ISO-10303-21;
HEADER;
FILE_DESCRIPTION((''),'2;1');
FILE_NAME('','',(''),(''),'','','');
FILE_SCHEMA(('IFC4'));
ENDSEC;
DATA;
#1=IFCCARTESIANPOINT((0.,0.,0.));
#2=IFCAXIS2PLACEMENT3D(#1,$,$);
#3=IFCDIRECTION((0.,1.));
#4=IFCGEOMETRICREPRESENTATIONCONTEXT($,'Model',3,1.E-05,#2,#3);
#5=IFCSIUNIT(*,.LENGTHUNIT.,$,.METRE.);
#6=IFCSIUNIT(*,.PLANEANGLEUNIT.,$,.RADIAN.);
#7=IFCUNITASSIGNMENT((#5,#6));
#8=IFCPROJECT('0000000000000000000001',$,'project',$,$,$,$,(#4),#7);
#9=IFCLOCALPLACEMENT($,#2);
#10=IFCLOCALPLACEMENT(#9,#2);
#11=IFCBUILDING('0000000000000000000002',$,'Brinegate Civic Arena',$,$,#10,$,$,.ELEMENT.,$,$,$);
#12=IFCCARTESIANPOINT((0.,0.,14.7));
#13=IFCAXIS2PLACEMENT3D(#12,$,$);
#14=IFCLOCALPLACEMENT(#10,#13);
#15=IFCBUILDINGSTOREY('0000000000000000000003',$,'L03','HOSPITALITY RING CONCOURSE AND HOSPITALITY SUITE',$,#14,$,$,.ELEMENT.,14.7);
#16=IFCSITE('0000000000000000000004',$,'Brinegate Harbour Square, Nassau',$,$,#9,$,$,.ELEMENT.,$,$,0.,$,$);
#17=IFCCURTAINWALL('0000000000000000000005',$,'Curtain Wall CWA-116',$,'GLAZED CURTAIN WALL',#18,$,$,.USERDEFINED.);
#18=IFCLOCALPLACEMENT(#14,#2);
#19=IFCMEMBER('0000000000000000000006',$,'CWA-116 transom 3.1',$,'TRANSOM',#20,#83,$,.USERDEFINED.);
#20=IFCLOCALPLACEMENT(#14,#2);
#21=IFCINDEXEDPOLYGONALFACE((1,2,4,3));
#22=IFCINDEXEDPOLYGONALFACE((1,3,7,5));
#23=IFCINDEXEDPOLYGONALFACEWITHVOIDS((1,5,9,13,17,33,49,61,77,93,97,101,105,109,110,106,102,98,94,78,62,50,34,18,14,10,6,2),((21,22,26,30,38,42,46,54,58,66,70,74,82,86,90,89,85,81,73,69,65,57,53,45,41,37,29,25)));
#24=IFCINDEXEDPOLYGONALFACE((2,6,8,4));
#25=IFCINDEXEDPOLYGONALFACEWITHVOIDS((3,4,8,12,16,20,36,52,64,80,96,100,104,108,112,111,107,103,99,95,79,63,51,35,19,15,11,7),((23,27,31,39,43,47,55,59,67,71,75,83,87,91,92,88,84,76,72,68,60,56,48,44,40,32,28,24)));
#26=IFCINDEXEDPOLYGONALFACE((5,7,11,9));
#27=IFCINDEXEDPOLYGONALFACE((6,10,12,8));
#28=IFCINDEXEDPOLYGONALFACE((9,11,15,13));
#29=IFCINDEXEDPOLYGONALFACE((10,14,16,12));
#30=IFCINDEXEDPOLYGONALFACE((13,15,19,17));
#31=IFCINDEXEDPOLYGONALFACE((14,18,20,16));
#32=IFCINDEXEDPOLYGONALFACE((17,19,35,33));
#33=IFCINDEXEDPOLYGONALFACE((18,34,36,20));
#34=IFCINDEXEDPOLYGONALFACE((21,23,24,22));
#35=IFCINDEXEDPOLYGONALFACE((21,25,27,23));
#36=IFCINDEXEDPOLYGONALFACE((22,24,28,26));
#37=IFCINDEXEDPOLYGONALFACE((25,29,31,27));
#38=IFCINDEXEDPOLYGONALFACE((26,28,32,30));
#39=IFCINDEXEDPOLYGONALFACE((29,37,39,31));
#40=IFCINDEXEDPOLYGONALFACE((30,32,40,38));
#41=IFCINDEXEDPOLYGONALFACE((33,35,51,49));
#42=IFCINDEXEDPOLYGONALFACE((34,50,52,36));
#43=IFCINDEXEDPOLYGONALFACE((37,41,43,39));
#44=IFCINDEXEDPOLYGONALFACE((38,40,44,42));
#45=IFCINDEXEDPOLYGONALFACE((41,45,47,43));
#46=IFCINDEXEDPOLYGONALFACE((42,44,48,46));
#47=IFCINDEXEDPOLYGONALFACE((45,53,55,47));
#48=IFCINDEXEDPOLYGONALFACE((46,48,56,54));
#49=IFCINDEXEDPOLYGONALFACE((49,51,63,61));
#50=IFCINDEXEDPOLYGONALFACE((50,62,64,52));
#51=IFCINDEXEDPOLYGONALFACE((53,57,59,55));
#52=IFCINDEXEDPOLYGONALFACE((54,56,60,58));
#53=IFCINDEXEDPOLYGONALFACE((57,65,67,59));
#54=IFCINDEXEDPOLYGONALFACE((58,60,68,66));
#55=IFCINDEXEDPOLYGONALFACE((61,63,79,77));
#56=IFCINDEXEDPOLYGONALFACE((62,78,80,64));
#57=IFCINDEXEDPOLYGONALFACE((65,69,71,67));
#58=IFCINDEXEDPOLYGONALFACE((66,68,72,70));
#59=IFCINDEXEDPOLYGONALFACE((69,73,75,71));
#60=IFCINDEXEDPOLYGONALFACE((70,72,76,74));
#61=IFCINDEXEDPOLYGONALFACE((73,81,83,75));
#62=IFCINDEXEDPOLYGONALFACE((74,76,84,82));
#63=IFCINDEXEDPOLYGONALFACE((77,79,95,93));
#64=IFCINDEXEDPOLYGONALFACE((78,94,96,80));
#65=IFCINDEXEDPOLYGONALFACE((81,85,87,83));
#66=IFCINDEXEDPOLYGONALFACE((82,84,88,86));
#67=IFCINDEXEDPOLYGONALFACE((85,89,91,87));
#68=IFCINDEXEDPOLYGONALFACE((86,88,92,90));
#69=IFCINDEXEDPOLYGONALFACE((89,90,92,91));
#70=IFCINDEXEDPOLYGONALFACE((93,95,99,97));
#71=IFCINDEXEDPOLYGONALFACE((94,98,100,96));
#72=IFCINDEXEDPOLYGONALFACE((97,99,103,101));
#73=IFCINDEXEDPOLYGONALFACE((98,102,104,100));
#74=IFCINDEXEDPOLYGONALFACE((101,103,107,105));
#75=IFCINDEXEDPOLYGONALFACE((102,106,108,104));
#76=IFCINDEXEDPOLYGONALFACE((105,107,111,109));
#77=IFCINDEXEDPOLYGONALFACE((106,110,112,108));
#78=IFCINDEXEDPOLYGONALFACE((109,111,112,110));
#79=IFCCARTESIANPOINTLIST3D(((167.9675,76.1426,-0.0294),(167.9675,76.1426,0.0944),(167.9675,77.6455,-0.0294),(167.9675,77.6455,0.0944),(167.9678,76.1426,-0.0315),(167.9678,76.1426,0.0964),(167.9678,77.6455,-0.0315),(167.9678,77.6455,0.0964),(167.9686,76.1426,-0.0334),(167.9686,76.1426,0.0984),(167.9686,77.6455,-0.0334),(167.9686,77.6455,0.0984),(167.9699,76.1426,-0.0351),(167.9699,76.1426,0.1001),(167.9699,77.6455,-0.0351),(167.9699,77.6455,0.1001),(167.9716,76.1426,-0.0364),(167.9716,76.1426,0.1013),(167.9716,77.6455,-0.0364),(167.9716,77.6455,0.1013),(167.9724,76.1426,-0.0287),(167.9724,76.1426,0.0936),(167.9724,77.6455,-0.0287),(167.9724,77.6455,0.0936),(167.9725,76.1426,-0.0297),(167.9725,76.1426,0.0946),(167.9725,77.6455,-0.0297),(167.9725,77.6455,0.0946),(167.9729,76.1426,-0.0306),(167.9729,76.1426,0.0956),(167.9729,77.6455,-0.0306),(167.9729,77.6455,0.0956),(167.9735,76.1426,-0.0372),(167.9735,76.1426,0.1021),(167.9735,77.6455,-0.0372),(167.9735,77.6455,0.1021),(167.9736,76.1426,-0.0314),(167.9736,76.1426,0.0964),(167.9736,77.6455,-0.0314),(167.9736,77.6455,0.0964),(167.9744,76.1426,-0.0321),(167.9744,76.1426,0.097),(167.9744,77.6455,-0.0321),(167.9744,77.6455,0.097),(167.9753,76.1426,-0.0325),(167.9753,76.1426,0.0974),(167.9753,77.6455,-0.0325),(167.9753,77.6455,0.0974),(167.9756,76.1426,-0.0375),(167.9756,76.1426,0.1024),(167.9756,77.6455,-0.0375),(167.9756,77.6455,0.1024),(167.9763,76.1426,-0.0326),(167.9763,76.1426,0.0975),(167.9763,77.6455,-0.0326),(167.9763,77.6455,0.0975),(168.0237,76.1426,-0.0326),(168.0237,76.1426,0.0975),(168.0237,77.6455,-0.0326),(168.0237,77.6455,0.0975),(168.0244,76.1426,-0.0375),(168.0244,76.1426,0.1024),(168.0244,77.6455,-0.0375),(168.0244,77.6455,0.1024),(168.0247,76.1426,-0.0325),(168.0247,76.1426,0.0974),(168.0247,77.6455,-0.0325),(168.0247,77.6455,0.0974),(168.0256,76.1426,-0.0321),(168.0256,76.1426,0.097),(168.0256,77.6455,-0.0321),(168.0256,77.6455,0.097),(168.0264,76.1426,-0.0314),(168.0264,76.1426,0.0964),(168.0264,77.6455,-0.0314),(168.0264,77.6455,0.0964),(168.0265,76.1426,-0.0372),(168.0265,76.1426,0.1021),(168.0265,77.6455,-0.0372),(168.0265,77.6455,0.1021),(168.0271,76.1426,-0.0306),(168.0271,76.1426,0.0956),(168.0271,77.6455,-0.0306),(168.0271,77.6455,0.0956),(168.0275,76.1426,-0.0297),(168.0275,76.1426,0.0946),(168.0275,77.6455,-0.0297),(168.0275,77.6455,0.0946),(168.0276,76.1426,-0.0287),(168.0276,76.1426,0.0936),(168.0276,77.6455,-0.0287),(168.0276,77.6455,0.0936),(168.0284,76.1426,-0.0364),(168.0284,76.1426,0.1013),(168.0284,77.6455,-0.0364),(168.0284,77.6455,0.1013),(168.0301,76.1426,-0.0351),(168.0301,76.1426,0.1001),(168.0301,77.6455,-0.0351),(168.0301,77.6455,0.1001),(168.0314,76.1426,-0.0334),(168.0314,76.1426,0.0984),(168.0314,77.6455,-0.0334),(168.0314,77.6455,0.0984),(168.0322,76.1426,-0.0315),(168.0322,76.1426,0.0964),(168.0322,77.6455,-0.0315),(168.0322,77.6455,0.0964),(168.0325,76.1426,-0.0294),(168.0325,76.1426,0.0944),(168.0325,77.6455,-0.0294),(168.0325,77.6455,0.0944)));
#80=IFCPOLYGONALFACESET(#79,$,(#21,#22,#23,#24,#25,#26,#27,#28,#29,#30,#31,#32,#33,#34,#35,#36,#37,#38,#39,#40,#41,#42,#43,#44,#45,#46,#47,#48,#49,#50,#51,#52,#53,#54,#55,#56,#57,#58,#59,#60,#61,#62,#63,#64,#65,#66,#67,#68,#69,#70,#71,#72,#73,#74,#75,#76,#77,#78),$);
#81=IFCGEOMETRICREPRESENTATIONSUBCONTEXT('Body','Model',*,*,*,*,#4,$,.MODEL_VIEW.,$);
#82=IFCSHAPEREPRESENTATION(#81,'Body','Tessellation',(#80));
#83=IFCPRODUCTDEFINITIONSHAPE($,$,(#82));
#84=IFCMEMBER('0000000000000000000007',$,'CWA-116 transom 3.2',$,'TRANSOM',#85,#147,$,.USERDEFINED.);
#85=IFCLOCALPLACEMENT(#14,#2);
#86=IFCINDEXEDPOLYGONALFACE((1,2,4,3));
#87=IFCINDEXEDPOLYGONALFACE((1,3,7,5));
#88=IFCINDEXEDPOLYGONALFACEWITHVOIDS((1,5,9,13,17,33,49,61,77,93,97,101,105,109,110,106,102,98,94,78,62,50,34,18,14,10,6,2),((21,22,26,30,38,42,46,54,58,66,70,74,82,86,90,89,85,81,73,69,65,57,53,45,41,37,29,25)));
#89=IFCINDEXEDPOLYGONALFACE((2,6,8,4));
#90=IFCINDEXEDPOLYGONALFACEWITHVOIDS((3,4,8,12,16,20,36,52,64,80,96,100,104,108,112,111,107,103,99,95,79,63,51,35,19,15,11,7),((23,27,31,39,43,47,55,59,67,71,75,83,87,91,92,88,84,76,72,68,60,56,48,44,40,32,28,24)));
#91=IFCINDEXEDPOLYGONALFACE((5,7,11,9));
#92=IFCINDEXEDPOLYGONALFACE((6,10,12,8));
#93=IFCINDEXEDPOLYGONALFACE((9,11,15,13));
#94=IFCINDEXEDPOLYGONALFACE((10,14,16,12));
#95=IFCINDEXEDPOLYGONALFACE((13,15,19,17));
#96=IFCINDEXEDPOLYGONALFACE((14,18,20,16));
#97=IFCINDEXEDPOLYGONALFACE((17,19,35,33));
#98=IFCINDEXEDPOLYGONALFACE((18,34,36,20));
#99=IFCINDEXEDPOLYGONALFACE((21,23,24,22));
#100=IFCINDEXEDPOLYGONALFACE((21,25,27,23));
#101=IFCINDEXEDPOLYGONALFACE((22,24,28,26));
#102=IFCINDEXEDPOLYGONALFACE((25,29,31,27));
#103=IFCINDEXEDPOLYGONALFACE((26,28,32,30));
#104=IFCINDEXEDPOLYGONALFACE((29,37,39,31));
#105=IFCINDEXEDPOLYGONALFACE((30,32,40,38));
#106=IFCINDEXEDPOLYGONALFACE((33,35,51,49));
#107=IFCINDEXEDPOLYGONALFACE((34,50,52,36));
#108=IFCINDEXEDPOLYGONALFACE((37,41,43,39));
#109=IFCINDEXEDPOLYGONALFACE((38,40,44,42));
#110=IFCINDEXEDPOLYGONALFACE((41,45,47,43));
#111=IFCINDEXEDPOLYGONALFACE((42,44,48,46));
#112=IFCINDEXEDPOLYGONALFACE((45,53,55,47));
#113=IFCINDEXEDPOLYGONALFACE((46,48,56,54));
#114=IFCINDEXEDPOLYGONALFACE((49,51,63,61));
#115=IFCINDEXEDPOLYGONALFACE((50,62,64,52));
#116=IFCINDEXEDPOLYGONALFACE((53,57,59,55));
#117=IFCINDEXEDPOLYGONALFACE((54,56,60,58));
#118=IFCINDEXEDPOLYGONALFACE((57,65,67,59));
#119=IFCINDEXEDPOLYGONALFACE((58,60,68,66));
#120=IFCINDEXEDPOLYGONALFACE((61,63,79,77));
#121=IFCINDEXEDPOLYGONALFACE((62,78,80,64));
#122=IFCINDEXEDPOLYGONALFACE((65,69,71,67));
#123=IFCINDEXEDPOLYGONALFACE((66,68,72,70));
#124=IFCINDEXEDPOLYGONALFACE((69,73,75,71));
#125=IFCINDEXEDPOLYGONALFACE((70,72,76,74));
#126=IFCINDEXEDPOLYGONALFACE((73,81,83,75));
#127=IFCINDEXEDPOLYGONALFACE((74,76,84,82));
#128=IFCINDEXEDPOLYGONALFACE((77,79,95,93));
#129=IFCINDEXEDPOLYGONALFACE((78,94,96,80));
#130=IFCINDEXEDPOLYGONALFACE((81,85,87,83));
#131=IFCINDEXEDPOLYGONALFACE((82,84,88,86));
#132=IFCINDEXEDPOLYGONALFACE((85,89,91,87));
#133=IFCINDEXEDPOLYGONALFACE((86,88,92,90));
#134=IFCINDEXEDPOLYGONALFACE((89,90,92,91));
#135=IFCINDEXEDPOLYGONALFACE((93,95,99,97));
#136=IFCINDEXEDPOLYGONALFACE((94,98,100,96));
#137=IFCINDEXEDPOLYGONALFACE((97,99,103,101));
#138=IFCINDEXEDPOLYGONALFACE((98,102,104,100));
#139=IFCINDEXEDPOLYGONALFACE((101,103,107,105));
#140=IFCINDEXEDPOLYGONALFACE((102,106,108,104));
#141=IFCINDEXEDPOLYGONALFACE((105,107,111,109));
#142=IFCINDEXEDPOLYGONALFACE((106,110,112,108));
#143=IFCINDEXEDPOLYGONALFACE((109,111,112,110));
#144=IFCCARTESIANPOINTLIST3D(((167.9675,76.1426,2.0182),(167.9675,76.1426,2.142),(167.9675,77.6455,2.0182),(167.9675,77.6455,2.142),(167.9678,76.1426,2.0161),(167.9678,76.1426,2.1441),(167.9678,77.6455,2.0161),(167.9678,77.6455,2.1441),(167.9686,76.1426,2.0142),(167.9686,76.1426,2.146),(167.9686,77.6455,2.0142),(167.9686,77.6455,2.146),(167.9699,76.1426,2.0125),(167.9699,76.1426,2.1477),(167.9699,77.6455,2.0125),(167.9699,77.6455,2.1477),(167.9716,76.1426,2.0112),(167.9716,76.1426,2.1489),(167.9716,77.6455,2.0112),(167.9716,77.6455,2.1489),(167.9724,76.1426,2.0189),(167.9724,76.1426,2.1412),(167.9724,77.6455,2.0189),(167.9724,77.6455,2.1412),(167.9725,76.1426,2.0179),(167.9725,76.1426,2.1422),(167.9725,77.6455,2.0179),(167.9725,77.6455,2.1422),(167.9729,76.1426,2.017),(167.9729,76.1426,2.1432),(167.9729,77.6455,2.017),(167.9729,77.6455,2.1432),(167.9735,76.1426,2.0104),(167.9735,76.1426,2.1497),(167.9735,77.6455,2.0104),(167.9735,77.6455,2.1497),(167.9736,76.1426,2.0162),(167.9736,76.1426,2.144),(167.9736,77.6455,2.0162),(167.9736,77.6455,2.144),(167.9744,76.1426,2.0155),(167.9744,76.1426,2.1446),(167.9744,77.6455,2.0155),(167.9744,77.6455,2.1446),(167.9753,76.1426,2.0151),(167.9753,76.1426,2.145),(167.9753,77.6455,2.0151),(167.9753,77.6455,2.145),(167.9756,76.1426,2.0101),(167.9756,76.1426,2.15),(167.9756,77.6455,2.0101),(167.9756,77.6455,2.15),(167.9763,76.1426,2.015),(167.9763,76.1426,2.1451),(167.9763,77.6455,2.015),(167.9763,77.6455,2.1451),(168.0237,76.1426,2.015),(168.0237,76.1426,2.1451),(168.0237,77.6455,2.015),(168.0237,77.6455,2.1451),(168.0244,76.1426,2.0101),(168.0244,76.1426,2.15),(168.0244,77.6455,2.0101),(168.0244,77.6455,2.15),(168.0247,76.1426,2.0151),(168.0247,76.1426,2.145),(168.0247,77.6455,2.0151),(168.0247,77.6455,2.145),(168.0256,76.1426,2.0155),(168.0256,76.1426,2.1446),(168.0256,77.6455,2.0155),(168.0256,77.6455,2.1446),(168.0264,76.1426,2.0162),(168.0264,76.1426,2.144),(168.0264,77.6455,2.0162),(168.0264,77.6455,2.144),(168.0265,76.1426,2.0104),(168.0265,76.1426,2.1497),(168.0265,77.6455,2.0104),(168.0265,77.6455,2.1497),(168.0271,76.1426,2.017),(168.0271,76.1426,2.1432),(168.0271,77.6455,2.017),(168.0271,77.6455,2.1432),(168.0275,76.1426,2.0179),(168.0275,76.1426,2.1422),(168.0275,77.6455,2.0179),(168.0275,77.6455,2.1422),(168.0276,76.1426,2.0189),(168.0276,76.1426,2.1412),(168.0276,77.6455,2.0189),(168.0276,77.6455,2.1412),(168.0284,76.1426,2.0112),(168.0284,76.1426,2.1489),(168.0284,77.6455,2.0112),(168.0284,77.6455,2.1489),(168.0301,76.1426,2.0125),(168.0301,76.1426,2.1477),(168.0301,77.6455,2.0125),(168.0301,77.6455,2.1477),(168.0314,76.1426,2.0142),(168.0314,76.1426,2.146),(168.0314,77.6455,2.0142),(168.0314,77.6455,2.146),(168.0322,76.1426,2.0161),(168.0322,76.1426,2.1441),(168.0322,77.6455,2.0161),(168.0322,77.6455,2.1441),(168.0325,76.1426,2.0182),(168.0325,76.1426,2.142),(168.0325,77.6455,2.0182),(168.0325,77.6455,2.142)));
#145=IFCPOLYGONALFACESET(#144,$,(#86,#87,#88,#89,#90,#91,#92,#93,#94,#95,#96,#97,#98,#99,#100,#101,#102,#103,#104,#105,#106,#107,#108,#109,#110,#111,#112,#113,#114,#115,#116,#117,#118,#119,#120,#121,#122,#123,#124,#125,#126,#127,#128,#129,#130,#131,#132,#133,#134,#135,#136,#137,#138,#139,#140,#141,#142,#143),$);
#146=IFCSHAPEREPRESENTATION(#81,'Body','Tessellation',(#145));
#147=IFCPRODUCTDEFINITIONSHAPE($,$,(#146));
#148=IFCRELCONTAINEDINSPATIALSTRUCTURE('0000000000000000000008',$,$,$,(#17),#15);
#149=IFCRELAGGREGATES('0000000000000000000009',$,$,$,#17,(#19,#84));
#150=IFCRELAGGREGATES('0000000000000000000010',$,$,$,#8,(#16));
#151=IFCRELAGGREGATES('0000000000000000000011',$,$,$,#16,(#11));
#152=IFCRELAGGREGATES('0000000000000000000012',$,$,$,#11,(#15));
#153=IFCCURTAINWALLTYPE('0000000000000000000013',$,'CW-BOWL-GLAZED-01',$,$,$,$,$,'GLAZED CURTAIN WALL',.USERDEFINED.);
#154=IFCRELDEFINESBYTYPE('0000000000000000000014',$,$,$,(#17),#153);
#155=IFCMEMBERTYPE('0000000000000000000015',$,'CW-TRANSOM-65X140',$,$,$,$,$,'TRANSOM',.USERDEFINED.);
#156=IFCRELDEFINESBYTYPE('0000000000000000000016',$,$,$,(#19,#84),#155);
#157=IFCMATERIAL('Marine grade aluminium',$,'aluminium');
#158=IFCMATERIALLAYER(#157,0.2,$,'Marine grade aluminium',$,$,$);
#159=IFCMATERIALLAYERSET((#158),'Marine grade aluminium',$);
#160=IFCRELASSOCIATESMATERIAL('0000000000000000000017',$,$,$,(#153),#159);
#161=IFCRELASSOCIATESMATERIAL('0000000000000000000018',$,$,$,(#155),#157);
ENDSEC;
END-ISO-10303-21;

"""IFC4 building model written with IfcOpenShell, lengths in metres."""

from ifc_helpers import new_model, si_unit, direction, frame, origin, origin_2d, place, context, subcontext, project, spatial, hollow_rectangle, extrude, material, layer, layer_set, material_profile, profile_set, type_object, element, aggregate, save


model = new_model("IFC4")

# Units and contexts
model_context = context("Model", 3, precision=1e-05, world=origin(), true_north=direction((0.0, 1.0)))
body_context = subcontext(model_context, "Body", "Model", "MODEL_VIEW")
ifc_project = project(units=[si_unit("LENGTHUNIT", "METRE"), si_unit("PLANEANGLEUNIT", "RADIAN")], contexts=[model_context])

# Site, building, storey
site_placement = place(None, origin())
site = spatial("IfcSite", under=ifc_project, at=site_placement, Name="Brinegate Harbour Square, Nassau", CompositionType="ELEMENT", RefElevation=0.0)
building_placement = place(site_placement, origin())
building = spatial("IfcBuilding", under=site, at=building_placement, Name="Brinegate Civic Arena", CompositionType="ELEMENT")
storey_placement = place(building_placement, frame((0.0, 0.0, 14.7)))
storey = spatial("IfcBuildingStorey", under=building, at=storey_placement, Name="L03", Description="HOSPITALITY RING CONCOURSE AND HOSPITALITY SUITE", CompositionType="ELEMENT", Elevation=14.7)

# Curtain wall
ifc_material_1 = material(Name="Marine grade aluminium", Category="aluminium")
ifc_layer_1 = layer(ifc_material_1, 0.2, Name="Marine grade aluminium")
ifc_layer_set_1 = layer_set([ifc_layer_1], Name="Marine grade aluminium")
curtain_wall_type = type_object("IfcCurtainWallType", Name="CW-BOWL-GLAZED-01", ElementType="GLAZED CURTAIN WALL", PredefinedType="USERDEFINED", material=ifc_layer_set_1)
curtain_wall_1_placement = place(storey_placement, origin())
curtain_wall_1 = element("IfcCurtainWall", 1, at=curtain_wall_1_placement, inside=storey, type_object=curtain_wall_type, Name="Curtain Wall CWA-116", ObjectType="GLAZED CURTAIN WALL", PredefinedType="USERDEFINED")

# Members
ifc_material_profile_1 = material_profile(ifc_material_1, hollow_rectangle(XDim=0.0649, YDim=0.1399, WallThickness=0.0049, InnerFilletRadius=0.0039, OuterFilletRadius=0.0081, at=origin_2d()), Name="TRN65X140")
ifc_profile_set_1 = profile_set([ifc_material_profile_1], Name="Marine grade aluminium")
member_type_1 = type_object("IfcMemberType", Name="CW-TRANSOM-65X140", ElementType="TRANSOM", PredefinedType="USERDEFINED", material=ifc_profile_set_1)
member_1_placement = place(storey_placement, frame((168.0, 76.1426, 0.0325), z_axis=(0.0, 1.0, 0.0), x_axis=(-1.0, 0.0, 0.0)))
member_1 = element("IfcMember", 2, at=member_1_placement, type_object=member_type_1, Name="CWA-116 transom 3.1", ObjectType="TRANSOM", PredefinedType="USERDEFINED", context=body_context, shape_type="SweptSolid", body=[
    extrude(hollow_rectangle(XDim=0.0649, YDim=0.1399, WallThickness=0.0049, InnerFilletRadius=0.0039, OuterFilletRadius=0.0081, at=origin_2d()), origin(), (0.0, 0.0, 1.0), 1.5029),
])
member_2_placement = place(storey_placement, frame((168.0, 76.1426, 2.0801), z_axis=(0.0, 1.0, 0.0), x_axis=(-1.0, 0.0, 0.0)))
member_2 = element("IfcMember", 3, at=member_2_placement, type_object=member_type_1, Name="CWA-116 transom 3.2", ObjectType="TRANSOM", PredefinedType="USERDEFINED", context=body_context, shape_type="SweptSolid", body=[
    extrude(hollow_rectangle(XDim=0.0649, YDim=0.1399, WallThickness=0.0049, InnerFilletRadius=0.0039, OuterFilletRadius=0.0081, at=origin_2d()), origin(), (0.0, 0.0, 1.0), 1.5029),
])

aggregate(curtain_wall_1, [member_1, member_2])

save(model, "model.ifc")
